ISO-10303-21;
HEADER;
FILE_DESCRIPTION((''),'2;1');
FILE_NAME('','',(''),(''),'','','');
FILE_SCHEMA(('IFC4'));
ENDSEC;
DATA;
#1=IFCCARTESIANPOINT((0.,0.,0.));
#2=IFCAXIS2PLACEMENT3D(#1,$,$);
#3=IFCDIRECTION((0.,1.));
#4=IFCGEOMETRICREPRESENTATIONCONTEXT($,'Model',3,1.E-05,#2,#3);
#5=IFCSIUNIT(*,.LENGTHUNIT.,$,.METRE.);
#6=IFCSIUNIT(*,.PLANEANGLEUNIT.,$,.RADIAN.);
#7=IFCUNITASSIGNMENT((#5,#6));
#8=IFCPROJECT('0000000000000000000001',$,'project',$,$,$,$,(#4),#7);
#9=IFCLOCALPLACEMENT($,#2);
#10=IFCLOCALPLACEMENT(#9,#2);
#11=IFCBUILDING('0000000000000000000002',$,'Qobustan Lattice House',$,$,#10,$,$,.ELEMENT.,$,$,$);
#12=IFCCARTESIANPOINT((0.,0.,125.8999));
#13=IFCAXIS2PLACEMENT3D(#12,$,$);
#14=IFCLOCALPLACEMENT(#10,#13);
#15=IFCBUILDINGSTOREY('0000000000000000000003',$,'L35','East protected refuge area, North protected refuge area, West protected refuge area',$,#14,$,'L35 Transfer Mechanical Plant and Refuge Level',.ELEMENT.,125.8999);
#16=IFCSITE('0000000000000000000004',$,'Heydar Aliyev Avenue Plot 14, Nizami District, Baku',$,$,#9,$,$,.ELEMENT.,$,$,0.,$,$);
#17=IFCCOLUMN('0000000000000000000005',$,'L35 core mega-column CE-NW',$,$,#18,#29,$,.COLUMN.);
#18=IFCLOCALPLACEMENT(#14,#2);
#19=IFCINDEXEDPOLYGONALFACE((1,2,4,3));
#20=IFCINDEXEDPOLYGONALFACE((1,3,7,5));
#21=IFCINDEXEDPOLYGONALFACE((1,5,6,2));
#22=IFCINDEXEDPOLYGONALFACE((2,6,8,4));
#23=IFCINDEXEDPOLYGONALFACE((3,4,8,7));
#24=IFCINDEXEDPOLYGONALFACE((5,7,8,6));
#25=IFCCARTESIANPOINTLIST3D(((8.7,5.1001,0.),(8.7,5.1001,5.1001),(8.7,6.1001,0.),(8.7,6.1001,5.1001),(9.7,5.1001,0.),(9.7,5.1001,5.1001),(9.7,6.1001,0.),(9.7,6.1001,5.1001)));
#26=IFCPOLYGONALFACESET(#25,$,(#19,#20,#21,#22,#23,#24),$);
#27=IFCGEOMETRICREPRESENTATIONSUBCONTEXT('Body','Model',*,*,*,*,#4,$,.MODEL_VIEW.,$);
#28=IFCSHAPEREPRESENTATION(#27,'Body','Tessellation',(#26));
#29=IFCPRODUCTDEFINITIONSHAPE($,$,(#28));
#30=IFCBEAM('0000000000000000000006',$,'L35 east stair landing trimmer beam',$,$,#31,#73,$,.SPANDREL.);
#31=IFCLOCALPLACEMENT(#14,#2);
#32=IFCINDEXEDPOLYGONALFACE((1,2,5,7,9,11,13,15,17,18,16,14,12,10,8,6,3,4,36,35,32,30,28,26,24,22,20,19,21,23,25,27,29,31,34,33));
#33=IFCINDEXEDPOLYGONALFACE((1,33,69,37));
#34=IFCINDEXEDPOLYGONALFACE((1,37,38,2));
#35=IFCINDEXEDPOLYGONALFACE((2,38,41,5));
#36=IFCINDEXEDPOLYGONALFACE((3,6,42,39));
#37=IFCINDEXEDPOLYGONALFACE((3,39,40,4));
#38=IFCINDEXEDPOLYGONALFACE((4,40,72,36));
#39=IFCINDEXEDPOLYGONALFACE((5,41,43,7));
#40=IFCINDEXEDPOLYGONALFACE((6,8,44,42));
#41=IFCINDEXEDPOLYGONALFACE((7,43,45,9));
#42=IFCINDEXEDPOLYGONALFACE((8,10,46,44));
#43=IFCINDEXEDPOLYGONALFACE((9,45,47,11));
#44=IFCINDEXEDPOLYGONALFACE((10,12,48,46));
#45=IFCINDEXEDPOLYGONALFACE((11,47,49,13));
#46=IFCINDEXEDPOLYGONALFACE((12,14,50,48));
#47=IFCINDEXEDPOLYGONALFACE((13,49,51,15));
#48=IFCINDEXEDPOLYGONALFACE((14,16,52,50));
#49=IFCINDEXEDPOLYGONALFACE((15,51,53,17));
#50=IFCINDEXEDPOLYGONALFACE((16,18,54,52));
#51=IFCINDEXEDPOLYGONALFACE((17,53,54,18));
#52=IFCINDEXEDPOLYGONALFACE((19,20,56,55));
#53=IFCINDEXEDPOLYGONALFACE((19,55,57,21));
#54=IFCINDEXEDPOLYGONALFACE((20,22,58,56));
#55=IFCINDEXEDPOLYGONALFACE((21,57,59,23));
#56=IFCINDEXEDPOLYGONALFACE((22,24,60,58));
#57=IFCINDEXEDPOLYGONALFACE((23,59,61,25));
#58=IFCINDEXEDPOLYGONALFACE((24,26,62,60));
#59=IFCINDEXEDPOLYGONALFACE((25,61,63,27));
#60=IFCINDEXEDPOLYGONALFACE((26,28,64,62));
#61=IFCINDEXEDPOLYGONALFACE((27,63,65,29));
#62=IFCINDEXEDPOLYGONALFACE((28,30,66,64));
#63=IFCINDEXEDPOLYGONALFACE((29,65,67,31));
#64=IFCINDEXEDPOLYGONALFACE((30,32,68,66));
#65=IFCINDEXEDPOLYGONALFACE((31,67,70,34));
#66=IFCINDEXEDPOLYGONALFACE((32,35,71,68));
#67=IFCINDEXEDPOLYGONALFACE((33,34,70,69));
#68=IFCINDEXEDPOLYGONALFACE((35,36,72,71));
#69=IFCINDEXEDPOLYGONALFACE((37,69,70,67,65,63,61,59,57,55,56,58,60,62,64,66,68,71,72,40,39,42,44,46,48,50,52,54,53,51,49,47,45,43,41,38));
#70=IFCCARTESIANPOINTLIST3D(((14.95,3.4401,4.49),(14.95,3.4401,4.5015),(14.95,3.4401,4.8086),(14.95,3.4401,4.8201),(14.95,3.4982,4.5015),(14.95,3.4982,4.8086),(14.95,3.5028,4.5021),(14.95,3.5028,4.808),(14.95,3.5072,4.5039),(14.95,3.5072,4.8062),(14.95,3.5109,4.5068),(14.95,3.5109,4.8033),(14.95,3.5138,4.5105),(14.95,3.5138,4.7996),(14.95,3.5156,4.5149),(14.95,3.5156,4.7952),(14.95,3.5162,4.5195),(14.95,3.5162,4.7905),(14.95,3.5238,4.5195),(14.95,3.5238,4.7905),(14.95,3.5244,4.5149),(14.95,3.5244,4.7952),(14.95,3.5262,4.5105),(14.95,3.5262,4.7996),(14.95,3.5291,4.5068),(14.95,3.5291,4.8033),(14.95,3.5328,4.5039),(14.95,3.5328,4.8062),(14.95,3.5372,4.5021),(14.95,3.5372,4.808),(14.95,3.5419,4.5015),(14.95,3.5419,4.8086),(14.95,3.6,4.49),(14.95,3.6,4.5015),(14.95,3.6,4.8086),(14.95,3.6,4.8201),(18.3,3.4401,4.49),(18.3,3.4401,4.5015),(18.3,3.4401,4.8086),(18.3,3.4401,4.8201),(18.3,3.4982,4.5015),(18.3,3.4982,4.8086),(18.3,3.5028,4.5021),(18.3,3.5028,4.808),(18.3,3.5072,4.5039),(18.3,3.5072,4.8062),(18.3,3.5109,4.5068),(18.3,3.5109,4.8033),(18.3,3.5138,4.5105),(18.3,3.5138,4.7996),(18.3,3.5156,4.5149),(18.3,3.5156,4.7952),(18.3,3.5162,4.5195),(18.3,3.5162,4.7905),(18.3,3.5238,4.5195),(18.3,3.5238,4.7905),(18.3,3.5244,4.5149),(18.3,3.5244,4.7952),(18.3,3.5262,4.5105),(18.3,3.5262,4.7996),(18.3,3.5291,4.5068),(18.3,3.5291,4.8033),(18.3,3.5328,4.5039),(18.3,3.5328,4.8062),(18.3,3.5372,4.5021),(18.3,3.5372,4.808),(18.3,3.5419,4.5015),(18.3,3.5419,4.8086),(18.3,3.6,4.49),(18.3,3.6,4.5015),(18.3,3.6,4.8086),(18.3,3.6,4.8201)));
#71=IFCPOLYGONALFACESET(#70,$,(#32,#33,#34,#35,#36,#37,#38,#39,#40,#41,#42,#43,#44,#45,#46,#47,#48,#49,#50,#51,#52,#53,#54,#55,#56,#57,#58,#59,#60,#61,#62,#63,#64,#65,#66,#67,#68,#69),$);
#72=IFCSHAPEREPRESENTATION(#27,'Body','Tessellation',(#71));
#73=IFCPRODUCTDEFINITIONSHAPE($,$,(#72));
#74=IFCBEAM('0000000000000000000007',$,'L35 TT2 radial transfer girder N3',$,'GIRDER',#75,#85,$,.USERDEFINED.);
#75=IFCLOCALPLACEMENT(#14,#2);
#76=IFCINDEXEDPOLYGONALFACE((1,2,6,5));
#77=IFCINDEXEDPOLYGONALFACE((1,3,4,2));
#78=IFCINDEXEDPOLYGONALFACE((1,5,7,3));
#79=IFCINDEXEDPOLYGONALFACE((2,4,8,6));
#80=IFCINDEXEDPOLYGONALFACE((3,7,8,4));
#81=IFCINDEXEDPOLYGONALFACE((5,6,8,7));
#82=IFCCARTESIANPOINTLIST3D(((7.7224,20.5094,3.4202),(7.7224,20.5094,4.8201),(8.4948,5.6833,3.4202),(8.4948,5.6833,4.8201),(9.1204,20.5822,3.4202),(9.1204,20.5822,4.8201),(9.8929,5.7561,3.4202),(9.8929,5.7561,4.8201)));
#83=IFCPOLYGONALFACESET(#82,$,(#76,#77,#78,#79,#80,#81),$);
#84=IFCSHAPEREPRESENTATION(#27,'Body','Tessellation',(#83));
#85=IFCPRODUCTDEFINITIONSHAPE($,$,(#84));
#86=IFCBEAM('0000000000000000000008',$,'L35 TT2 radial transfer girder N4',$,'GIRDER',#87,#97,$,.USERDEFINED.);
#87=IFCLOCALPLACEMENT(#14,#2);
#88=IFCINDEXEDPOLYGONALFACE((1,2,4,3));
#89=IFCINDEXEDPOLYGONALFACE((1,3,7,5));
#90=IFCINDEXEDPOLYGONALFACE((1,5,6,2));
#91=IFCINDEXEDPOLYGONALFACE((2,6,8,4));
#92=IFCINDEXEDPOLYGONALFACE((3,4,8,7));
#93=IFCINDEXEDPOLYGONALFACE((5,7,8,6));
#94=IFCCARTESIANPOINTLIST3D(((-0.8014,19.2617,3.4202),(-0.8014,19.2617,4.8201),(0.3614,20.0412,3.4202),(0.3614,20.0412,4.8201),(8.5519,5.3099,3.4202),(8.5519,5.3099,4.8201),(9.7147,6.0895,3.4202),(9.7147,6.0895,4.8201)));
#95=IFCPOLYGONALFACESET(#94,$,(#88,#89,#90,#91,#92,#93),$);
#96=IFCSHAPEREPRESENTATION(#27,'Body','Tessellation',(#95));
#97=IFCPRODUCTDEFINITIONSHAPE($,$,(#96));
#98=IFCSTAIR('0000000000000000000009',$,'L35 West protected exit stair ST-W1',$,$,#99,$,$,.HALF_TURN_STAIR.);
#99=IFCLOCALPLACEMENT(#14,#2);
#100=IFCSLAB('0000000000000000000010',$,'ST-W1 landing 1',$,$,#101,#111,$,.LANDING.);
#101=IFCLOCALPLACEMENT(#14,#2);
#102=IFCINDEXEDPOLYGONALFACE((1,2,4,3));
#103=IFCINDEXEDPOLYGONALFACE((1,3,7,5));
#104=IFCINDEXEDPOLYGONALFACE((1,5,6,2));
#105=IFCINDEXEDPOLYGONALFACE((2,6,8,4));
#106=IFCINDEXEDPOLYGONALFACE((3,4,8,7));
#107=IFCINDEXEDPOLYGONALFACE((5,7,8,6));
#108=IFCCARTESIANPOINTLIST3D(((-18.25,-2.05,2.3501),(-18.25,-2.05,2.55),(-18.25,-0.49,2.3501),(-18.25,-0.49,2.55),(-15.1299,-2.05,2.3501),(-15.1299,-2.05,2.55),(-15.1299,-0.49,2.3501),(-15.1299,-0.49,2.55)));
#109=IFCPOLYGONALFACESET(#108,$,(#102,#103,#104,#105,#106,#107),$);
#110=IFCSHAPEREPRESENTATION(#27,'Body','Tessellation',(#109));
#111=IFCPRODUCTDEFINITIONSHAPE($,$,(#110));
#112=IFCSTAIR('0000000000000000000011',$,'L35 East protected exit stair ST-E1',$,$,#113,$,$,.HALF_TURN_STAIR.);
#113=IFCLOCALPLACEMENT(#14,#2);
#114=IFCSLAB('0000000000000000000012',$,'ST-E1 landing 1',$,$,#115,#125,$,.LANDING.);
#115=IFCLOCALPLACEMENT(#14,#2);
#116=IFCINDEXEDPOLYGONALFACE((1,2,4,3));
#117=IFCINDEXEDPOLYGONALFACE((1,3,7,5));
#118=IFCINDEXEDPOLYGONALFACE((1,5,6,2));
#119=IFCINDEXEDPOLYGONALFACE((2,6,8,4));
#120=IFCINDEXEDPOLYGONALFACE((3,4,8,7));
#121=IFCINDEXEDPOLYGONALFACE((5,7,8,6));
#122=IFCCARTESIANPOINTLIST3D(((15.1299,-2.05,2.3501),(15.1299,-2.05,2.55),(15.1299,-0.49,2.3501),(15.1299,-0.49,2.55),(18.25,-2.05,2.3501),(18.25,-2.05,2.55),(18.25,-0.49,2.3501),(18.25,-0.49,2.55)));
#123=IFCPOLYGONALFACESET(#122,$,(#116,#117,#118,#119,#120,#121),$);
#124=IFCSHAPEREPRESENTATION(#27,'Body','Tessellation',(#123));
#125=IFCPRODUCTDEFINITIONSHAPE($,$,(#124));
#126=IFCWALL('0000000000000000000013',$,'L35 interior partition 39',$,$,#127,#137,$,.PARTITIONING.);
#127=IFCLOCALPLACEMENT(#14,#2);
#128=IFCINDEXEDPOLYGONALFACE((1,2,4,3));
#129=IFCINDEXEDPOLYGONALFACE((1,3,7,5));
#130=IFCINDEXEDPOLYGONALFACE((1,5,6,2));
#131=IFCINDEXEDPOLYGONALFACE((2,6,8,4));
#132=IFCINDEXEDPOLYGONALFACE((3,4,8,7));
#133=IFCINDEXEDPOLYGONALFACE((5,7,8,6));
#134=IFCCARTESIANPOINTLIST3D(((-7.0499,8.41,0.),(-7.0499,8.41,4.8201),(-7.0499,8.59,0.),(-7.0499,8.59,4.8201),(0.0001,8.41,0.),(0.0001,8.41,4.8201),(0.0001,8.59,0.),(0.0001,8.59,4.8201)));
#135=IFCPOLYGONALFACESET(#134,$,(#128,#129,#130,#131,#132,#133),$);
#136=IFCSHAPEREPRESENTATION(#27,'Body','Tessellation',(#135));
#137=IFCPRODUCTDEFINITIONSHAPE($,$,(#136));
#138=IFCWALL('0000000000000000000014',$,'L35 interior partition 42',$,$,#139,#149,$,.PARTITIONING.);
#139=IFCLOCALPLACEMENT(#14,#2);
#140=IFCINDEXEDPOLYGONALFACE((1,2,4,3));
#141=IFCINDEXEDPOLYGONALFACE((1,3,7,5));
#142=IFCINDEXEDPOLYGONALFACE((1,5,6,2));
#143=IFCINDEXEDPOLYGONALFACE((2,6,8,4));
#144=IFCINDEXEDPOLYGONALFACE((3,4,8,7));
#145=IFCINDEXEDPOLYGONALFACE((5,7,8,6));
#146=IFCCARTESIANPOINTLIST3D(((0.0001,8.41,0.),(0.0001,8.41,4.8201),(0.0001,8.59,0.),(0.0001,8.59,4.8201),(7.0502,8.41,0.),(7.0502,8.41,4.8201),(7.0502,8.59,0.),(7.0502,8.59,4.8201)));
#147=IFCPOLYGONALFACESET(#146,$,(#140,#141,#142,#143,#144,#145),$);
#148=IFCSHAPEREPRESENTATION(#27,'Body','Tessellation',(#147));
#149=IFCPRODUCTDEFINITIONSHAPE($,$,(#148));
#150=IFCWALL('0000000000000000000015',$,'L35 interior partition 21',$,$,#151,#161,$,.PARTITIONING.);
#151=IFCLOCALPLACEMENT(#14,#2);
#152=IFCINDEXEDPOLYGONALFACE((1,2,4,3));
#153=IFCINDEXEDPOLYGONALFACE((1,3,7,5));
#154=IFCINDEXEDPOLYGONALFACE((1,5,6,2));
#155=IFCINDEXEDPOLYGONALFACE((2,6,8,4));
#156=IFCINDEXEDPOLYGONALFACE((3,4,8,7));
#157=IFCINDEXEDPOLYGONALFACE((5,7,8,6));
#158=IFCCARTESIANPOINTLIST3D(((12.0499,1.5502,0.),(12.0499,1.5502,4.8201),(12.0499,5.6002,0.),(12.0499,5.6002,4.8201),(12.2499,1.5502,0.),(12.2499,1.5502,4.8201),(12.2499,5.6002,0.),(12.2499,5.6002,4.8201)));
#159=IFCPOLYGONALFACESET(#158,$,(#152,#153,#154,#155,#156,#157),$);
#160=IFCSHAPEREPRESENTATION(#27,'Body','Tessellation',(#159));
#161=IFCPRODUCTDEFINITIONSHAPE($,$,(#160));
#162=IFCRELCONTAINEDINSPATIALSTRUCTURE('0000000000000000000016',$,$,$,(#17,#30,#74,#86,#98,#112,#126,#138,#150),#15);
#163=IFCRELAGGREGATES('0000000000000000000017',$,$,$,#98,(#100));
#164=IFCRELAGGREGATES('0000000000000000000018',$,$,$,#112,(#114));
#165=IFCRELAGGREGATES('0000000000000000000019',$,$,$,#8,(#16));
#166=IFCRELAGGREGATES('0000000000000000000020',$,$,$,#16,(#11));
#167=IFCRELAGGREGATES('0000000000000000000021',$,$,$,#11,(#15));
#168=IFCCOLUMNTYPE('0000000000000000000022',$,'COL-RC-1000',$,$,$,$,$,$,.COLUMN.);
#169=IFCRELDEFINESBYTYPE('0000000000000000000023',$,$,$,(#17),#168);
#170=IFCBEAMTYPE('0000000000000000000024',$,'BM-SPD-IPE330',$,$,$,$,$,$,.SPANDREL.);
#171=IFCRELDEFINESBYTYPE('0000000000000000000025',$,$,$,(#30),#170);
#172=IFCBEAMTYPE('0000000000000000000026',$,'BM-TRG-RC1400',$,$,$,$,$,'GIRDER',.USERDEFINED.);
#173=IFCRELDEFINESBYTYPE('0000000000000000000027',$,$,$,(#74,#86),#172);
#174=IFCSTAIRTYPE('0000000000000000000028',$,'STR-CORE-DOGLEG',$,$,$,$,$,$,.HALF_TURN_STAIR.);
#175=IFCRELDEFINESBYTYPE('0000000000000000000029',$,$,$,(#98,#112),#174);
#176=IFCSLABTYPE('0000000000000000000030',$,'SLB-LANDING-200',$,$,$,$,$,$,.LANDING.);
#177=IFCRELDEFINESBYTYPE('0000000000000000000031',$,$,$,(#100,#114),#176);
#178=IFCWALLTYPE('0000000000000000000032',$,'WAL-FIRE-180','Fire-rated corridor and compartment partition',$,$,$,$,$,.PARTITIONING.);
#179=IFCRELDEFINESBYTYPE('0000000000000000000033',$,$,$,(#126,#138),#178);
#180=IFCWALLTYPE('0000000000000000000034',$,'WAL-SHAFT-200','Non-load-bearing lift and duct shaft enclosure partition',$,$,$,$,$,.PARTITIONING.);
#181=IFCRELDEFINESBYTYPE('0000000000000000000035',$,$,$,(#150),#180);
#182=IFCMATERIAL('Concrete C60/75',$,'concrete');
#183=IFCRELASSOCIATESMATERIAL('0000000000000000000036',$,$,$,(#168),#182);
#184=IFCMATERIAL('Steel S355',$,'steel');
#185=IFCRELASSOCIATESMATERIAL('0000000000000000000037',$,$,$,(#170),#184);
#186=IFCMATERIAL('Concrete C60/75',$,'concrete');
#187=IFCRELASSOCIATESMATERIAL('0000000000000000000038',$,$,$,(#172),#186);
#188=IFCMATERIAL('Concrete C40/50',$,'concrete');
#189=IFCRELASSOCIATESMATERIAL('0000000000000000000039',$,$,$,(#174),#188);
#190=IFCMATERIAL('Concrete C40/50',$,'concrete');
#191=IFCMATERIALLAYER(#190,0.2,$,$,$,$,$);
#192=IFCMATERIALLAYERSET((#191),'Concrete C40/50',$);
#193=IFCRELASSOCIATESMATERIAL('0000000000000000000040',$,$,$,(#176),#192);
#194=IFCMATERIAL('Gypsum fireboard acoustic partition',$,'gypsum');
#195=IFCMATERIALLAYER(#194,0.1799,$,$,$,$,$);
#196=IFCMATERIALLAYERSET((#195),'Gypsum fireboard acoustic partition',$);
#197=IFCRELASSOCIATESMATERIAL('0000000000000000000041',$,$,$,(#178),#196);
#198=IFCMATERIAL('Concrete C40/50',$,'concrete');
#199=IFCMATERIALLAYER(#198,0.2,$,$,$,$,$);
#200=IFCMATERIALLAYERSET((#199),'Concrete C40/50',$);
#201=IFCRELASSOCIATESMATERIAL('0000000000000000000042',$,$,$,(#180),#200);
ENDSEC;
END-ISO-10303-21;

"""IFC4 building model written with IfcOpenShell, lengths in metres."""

from ifc_helpers import new_model, si_unit, direction, frame, frame_2d, origin, origin_2d, place, context, subcontext, project, spatial, polyline, rectangle, i_section, outline, extrude, material, layer, layer_set, material_profile, profile_set, type_object, element, aggregate, save


model = new_model("IFC4")

# Units and contexts
model_context = context("Model", 3, precision=1e-05, world=origin(), true_north=direction((0.0, 1.0)))
body_context = subcontext(model_context, "Body", "Model", "MODEL_VIEW")
ifc_project = project(units=[si_unit("LENGTHUNIT", "METRE"), si_unit("PLANEANGLEUNIT", "RADIAN")], contexts=[model_context])

# Site, building, storey
site_placement = place(None, origin())
site = spatial("IfcSite", under=ifc_project, at=site_placement, Name="Heydar Aliyev Avenue Plot 14, Nizami District, Baku", CompositionType="ELEMENT", RefElevation=0.0)
building_placement = place(site_placement, origin())
building = spatial("IfcBuilding", under=site, at=building_placement, Name="Qobustan Lattice House", CompositionType="ELEMENT")
storey_placement = place(building_placement, frame((0.0, 0.0, 125.8999)))
storey = spatial("IfcBuildingStorey", under=building, at=storey_placement, Name="L35", Description="East protected refuge area, North protected refuge area, West protected refuge area", LongName="L35 Transfer Mechanical Plant and Refuge Level", CompositionType="ELEMENT", Elevation=125.8999)

# Column
ifc_material_1 = material(Name="Concrete C60/75", Category="concrete")
ifc_material_profile_1 = material_profile(ifc_material_1, rectangle(XDim=1.0, YDim=1.0, at=origin_2d()), Name="RC1000x1000")
ifc_profile_set_1 = profile_set([ifc_material_profile_1], Name="Concrete C60/75")
column_type = type_object("IfcColumnType", Name="COL-RC-1000", PredefinedType="COLUMN", material=ifc_profile_set_1)
column_placement = place(storey_placement, frame((9.2, 5.6001, 0.0), z_axis=(0.0, 0.0, 1.0), x_axis=(1.0, 0.0, 0.0)))
element("IfcColumn", 1, at=column_placement, inside=storey, type_object=column_type, Name="L35 core mega-column CE-NW", PredefinedType="COLUMN", context=body_context, shape_type="SweptSolid", body=[
    extrude(rectangle(XDim=1.0, YDim=1.0, at=origin_2d()), origin(), (0.0, 0.0, 1.0), 5.1001),
])

# Beams
ifc_material_2 = material(Name="Steel S355", Category="steel")
ifc_material_profile_2 = material_profile(ifc_material_2, i_section(OverallWidth=0.1599, OverallDepth=0.3301, WebThickness=0.0076, FlangeThickness=0.0115, FilletRadius=0.0181, at=origin_2d()), Name="IPE330")
ifc_profile_set_2 = profile_set([ifc_material_profile_2], Name="Steel S355")
beam_type_1 = type_object("IfcBeamType", Name="BM-SPD-IPE330", PredefinedType="SPANDREL", material=ifc_profile_set_2)
beam_1_placement = place(storey_placement, frame((14.95, 3.52, 4.655), z_axis=(1.0, 0.0, 0.0), x_axis=(0.0, 1.0, 0.0)))
element("IfcBeam", 2, at=beam_1_placement, inside=storey, type_object=beam_type_1, Name="L35 east stair landing trimmer beam", PredefinedType="SPANDREL", context=body_context, shape_type="SweptSolid", body=[
    extrude(i_section(OverallWidth=0.1599, OverallDepth=0.3301, WebThickness=0.0076, FlangeThickness=0.0115, FilletRadius=0.0181, at=origin_2d()), origin(), (0.0, 0.0, 1.0), 3.3501),
])
ifc_material_3 = material(Name="Concrete C60/75", Category="concrete")
ifc_material_profile_3 = material_profile(ifc_material_3, rectangle(XDim=1.3999, YDim=1.3999, at=origin_2d()), Name="RC1400x1400")
ifc_profile_set_3 = profile_set([ifc_material_profile_3], Name="Concrete C60/75")
beam_type_2 = type_object("IfcBeamType", Name="BM-TRG-RC1400", ElementType="GIRDER", PredefinedType="USERDEFINED", material=ifc_profile_set_3)
beam_2_placement = place(storey_placement, frame((9.1938, 5.7197, 4.1201), z_axis=(-0.052031, 0.998645, 0.0), x_axis=(-0.998645, -0.052031, 0.0)))
element("IfcBeam", 3, at=beam_2_placement, inside=storey, type_object=beam_type_2, Name="L35 TT2 radial transfer girder N3", ObjectType="GIRDER", PredefinedType="USERDEFINED", context=body_context, shape_type="SweptSolid", body=[
    extrude(rectangle(XDim=1.3999, YDim=1.3999, at=origin_2d()), origin(), (0.0, 0.0, 1.0), 14.8462),
])
beam_3_placement = place(storey_placement, frame((9.1333, 5.6997, 4.1201), z_axis=(-0.556848, 0.830614, 0.0), x_axis=(-0.830614, -0.556848, 0.0)))
element("IfcBeam", 4, at=beam_3_placement, inside=storey, type_object=beam_type_2, Name="L35 TT2 radial transfer girder N4", ObjectType="GIRDER", PredefinedType="USERDEFINED", context=body_context, shape_type="SweptSolid", body=[
    extrude(rectangle(XDim=1.3999, YDim=1.3999, at=origin_2d()), origin(), (0.0, 0.0, 1.0), 16.7969),
])

# Stairs, slabs
ifc_material_4 = material(Name="Concrete C40/50", Category="concrete")
stair_type = type_object("IfcStairType", Name="STR-CORE-DOGLEG", PredefinedType="HALF_TURN_STAIR", material=ifc_material_4)
stair_1_placement = place(storey_placement, origin())
stair_1 = element("IfcStair", 5, at=stair_1_placement, inside=storey, type_object=stair_type, Name="L35 West protected exit stair ST-W1", PredefinedType="HALF_TURN_STAIR")
ifc_material_5 = material(Name="Concrete C40/50", Category="concrete")
ifc_layer_1 = layer(ifc_material_5, 0.2)
ifc_layer_set_1 = layer_set([ifc_layer_1], Name="Concrete C40/50")
slab_type = type_object("IfcSlabType", Name="SLB-LANDING-200", PredefinedType="LANDING", material=ifc_layer_set_1)
slab_1_placement = place(storey_placement, frame((0.0, 0.0, 2.3501)))
slab_1 = element("IfcSlab", 6, at=slab_1_placement, type_object=slab_type, Name="ST-W1 landing 1", PredefinedType="LANDING", context=body_context, shape_type="SweptSolid", body=[
    extrude(outline(polyline([(-18.25, -0.49), (-18.25, -2.05), (-15.1299, -2.05), (-15.1299, -0.49), (-18.25, -0.49)])), origin(), (0.0, 0.0, 1.0), 0.2),
])
aggregate(stair_1, [slab_1])
stair_2_placement = place(storey_placement, origin())
stair_2 = element("IfcStair", 7, at=stair_2_placement, inside=storey, type_object=stair_type, Name="L35 East protected exit stair ST-E1", PredefinedType="HALF_TURN_STAIR")
slab_2_placement = place(storey_placement, frame((0.0, 0.0, 2.3501)))
slab_2 = element("IfcSlab", 8, at=slab_2_placement, type_object=slab_type, Name="ST-E1 landing 1", PredefinedType="LANDING", context=body_context, shape_type="SweptSolid", body=[
    extrude(outline(polyline([(15.1299, -0.49), (15.1299, -2.05), (18.25, -2.05), (18.25, -0.49), (15.1299, -0.49)])), origin(), (0.0, 0.0, 1.0), 0.2),
])

# Walls
ifc_material_6 = material(Name="Gypsum fireboard acoustic partition", Category="gypsum")
ifc_layer_2 = layer(ifc_material_6, 0.1799)
ifc_layer_set_2 = layer_set([ifc_layer_2], Name="Gypsum fireboard acoustic partition")
wall_type_1 = type_object("IfcWallType", Name="WAL-FIRE-180", Description="Fire-rated corridor and compartment partition", PredefinedType="PARTITIONING", material=ifc_layer_set_2)
for number, where, z_axis, x_axis, name in (
    (9, (0.0, 8.5, 0.0), (0.0, 0.0, 1.0), (-1.0, 0.0, 0.0), "L35 interior partition 39"),
    (10, (7.05, 8.5, 0.0), (0.0, 0.0, 1.0), (-1.0, 0.0, 0.0), "L35 interior partition 42"),
):
    element("IfcWall", number, at=place(storey_placement, frame(where, z_axis=z_axis, x_axis=x_axis)), inside=storey, type_object=wall_type_1, Name=name, PredefinedType="PARTITIONING", context=body_context, shape_type="SweptSolid", body=[
        extrude(rectangle(XDim=7.05, YDim=0.1799, at=frame_2d((3.5249, 0.0))), origin(), (0.0, 0.0, 1.0), 4.8201),
    ])
ifc_material_7 = material(Name="Concrete C40/50", Category="concrete")
ifc_layer_3 = layer(ifc_material_7, 0.2)
ifc_layer_set_3 = layer_set([ifc_layer_3], Name="Concrete C40/50")
wall_type_2 = type_object("IfcWallType", Name="WAL-SHAFT-200", Description="Non-load-bearing lift and duct shaft enclosure partition", PredefinedType="PARTITIONING", material=ifc_layer_set_3)
wall_1_placement = place(storey_placement, frame((12.1499, 5.6001, 0.0), z_axis=(0.0, 0.0, 1.0), x_axis=(0.0, -1.0, 0.0)))
element("IfcWall", 11, at=wall_1_placement, inside=storey, type_object=wall_type_2, Name="L35 interior partition 21", PredefinedType="PARTITIONING", context=body_context, shape_type="SweptSolid", body=[
    extrude(rectangle(XDim=4.05, YDim=0.2, at=frame_2d((2.0249, 0.0))), origin(), (0.0, 0.0, 1.0), 4.8201),
])

aggregate(stair_2, [slab_2])

save(model, "model.ifc")
